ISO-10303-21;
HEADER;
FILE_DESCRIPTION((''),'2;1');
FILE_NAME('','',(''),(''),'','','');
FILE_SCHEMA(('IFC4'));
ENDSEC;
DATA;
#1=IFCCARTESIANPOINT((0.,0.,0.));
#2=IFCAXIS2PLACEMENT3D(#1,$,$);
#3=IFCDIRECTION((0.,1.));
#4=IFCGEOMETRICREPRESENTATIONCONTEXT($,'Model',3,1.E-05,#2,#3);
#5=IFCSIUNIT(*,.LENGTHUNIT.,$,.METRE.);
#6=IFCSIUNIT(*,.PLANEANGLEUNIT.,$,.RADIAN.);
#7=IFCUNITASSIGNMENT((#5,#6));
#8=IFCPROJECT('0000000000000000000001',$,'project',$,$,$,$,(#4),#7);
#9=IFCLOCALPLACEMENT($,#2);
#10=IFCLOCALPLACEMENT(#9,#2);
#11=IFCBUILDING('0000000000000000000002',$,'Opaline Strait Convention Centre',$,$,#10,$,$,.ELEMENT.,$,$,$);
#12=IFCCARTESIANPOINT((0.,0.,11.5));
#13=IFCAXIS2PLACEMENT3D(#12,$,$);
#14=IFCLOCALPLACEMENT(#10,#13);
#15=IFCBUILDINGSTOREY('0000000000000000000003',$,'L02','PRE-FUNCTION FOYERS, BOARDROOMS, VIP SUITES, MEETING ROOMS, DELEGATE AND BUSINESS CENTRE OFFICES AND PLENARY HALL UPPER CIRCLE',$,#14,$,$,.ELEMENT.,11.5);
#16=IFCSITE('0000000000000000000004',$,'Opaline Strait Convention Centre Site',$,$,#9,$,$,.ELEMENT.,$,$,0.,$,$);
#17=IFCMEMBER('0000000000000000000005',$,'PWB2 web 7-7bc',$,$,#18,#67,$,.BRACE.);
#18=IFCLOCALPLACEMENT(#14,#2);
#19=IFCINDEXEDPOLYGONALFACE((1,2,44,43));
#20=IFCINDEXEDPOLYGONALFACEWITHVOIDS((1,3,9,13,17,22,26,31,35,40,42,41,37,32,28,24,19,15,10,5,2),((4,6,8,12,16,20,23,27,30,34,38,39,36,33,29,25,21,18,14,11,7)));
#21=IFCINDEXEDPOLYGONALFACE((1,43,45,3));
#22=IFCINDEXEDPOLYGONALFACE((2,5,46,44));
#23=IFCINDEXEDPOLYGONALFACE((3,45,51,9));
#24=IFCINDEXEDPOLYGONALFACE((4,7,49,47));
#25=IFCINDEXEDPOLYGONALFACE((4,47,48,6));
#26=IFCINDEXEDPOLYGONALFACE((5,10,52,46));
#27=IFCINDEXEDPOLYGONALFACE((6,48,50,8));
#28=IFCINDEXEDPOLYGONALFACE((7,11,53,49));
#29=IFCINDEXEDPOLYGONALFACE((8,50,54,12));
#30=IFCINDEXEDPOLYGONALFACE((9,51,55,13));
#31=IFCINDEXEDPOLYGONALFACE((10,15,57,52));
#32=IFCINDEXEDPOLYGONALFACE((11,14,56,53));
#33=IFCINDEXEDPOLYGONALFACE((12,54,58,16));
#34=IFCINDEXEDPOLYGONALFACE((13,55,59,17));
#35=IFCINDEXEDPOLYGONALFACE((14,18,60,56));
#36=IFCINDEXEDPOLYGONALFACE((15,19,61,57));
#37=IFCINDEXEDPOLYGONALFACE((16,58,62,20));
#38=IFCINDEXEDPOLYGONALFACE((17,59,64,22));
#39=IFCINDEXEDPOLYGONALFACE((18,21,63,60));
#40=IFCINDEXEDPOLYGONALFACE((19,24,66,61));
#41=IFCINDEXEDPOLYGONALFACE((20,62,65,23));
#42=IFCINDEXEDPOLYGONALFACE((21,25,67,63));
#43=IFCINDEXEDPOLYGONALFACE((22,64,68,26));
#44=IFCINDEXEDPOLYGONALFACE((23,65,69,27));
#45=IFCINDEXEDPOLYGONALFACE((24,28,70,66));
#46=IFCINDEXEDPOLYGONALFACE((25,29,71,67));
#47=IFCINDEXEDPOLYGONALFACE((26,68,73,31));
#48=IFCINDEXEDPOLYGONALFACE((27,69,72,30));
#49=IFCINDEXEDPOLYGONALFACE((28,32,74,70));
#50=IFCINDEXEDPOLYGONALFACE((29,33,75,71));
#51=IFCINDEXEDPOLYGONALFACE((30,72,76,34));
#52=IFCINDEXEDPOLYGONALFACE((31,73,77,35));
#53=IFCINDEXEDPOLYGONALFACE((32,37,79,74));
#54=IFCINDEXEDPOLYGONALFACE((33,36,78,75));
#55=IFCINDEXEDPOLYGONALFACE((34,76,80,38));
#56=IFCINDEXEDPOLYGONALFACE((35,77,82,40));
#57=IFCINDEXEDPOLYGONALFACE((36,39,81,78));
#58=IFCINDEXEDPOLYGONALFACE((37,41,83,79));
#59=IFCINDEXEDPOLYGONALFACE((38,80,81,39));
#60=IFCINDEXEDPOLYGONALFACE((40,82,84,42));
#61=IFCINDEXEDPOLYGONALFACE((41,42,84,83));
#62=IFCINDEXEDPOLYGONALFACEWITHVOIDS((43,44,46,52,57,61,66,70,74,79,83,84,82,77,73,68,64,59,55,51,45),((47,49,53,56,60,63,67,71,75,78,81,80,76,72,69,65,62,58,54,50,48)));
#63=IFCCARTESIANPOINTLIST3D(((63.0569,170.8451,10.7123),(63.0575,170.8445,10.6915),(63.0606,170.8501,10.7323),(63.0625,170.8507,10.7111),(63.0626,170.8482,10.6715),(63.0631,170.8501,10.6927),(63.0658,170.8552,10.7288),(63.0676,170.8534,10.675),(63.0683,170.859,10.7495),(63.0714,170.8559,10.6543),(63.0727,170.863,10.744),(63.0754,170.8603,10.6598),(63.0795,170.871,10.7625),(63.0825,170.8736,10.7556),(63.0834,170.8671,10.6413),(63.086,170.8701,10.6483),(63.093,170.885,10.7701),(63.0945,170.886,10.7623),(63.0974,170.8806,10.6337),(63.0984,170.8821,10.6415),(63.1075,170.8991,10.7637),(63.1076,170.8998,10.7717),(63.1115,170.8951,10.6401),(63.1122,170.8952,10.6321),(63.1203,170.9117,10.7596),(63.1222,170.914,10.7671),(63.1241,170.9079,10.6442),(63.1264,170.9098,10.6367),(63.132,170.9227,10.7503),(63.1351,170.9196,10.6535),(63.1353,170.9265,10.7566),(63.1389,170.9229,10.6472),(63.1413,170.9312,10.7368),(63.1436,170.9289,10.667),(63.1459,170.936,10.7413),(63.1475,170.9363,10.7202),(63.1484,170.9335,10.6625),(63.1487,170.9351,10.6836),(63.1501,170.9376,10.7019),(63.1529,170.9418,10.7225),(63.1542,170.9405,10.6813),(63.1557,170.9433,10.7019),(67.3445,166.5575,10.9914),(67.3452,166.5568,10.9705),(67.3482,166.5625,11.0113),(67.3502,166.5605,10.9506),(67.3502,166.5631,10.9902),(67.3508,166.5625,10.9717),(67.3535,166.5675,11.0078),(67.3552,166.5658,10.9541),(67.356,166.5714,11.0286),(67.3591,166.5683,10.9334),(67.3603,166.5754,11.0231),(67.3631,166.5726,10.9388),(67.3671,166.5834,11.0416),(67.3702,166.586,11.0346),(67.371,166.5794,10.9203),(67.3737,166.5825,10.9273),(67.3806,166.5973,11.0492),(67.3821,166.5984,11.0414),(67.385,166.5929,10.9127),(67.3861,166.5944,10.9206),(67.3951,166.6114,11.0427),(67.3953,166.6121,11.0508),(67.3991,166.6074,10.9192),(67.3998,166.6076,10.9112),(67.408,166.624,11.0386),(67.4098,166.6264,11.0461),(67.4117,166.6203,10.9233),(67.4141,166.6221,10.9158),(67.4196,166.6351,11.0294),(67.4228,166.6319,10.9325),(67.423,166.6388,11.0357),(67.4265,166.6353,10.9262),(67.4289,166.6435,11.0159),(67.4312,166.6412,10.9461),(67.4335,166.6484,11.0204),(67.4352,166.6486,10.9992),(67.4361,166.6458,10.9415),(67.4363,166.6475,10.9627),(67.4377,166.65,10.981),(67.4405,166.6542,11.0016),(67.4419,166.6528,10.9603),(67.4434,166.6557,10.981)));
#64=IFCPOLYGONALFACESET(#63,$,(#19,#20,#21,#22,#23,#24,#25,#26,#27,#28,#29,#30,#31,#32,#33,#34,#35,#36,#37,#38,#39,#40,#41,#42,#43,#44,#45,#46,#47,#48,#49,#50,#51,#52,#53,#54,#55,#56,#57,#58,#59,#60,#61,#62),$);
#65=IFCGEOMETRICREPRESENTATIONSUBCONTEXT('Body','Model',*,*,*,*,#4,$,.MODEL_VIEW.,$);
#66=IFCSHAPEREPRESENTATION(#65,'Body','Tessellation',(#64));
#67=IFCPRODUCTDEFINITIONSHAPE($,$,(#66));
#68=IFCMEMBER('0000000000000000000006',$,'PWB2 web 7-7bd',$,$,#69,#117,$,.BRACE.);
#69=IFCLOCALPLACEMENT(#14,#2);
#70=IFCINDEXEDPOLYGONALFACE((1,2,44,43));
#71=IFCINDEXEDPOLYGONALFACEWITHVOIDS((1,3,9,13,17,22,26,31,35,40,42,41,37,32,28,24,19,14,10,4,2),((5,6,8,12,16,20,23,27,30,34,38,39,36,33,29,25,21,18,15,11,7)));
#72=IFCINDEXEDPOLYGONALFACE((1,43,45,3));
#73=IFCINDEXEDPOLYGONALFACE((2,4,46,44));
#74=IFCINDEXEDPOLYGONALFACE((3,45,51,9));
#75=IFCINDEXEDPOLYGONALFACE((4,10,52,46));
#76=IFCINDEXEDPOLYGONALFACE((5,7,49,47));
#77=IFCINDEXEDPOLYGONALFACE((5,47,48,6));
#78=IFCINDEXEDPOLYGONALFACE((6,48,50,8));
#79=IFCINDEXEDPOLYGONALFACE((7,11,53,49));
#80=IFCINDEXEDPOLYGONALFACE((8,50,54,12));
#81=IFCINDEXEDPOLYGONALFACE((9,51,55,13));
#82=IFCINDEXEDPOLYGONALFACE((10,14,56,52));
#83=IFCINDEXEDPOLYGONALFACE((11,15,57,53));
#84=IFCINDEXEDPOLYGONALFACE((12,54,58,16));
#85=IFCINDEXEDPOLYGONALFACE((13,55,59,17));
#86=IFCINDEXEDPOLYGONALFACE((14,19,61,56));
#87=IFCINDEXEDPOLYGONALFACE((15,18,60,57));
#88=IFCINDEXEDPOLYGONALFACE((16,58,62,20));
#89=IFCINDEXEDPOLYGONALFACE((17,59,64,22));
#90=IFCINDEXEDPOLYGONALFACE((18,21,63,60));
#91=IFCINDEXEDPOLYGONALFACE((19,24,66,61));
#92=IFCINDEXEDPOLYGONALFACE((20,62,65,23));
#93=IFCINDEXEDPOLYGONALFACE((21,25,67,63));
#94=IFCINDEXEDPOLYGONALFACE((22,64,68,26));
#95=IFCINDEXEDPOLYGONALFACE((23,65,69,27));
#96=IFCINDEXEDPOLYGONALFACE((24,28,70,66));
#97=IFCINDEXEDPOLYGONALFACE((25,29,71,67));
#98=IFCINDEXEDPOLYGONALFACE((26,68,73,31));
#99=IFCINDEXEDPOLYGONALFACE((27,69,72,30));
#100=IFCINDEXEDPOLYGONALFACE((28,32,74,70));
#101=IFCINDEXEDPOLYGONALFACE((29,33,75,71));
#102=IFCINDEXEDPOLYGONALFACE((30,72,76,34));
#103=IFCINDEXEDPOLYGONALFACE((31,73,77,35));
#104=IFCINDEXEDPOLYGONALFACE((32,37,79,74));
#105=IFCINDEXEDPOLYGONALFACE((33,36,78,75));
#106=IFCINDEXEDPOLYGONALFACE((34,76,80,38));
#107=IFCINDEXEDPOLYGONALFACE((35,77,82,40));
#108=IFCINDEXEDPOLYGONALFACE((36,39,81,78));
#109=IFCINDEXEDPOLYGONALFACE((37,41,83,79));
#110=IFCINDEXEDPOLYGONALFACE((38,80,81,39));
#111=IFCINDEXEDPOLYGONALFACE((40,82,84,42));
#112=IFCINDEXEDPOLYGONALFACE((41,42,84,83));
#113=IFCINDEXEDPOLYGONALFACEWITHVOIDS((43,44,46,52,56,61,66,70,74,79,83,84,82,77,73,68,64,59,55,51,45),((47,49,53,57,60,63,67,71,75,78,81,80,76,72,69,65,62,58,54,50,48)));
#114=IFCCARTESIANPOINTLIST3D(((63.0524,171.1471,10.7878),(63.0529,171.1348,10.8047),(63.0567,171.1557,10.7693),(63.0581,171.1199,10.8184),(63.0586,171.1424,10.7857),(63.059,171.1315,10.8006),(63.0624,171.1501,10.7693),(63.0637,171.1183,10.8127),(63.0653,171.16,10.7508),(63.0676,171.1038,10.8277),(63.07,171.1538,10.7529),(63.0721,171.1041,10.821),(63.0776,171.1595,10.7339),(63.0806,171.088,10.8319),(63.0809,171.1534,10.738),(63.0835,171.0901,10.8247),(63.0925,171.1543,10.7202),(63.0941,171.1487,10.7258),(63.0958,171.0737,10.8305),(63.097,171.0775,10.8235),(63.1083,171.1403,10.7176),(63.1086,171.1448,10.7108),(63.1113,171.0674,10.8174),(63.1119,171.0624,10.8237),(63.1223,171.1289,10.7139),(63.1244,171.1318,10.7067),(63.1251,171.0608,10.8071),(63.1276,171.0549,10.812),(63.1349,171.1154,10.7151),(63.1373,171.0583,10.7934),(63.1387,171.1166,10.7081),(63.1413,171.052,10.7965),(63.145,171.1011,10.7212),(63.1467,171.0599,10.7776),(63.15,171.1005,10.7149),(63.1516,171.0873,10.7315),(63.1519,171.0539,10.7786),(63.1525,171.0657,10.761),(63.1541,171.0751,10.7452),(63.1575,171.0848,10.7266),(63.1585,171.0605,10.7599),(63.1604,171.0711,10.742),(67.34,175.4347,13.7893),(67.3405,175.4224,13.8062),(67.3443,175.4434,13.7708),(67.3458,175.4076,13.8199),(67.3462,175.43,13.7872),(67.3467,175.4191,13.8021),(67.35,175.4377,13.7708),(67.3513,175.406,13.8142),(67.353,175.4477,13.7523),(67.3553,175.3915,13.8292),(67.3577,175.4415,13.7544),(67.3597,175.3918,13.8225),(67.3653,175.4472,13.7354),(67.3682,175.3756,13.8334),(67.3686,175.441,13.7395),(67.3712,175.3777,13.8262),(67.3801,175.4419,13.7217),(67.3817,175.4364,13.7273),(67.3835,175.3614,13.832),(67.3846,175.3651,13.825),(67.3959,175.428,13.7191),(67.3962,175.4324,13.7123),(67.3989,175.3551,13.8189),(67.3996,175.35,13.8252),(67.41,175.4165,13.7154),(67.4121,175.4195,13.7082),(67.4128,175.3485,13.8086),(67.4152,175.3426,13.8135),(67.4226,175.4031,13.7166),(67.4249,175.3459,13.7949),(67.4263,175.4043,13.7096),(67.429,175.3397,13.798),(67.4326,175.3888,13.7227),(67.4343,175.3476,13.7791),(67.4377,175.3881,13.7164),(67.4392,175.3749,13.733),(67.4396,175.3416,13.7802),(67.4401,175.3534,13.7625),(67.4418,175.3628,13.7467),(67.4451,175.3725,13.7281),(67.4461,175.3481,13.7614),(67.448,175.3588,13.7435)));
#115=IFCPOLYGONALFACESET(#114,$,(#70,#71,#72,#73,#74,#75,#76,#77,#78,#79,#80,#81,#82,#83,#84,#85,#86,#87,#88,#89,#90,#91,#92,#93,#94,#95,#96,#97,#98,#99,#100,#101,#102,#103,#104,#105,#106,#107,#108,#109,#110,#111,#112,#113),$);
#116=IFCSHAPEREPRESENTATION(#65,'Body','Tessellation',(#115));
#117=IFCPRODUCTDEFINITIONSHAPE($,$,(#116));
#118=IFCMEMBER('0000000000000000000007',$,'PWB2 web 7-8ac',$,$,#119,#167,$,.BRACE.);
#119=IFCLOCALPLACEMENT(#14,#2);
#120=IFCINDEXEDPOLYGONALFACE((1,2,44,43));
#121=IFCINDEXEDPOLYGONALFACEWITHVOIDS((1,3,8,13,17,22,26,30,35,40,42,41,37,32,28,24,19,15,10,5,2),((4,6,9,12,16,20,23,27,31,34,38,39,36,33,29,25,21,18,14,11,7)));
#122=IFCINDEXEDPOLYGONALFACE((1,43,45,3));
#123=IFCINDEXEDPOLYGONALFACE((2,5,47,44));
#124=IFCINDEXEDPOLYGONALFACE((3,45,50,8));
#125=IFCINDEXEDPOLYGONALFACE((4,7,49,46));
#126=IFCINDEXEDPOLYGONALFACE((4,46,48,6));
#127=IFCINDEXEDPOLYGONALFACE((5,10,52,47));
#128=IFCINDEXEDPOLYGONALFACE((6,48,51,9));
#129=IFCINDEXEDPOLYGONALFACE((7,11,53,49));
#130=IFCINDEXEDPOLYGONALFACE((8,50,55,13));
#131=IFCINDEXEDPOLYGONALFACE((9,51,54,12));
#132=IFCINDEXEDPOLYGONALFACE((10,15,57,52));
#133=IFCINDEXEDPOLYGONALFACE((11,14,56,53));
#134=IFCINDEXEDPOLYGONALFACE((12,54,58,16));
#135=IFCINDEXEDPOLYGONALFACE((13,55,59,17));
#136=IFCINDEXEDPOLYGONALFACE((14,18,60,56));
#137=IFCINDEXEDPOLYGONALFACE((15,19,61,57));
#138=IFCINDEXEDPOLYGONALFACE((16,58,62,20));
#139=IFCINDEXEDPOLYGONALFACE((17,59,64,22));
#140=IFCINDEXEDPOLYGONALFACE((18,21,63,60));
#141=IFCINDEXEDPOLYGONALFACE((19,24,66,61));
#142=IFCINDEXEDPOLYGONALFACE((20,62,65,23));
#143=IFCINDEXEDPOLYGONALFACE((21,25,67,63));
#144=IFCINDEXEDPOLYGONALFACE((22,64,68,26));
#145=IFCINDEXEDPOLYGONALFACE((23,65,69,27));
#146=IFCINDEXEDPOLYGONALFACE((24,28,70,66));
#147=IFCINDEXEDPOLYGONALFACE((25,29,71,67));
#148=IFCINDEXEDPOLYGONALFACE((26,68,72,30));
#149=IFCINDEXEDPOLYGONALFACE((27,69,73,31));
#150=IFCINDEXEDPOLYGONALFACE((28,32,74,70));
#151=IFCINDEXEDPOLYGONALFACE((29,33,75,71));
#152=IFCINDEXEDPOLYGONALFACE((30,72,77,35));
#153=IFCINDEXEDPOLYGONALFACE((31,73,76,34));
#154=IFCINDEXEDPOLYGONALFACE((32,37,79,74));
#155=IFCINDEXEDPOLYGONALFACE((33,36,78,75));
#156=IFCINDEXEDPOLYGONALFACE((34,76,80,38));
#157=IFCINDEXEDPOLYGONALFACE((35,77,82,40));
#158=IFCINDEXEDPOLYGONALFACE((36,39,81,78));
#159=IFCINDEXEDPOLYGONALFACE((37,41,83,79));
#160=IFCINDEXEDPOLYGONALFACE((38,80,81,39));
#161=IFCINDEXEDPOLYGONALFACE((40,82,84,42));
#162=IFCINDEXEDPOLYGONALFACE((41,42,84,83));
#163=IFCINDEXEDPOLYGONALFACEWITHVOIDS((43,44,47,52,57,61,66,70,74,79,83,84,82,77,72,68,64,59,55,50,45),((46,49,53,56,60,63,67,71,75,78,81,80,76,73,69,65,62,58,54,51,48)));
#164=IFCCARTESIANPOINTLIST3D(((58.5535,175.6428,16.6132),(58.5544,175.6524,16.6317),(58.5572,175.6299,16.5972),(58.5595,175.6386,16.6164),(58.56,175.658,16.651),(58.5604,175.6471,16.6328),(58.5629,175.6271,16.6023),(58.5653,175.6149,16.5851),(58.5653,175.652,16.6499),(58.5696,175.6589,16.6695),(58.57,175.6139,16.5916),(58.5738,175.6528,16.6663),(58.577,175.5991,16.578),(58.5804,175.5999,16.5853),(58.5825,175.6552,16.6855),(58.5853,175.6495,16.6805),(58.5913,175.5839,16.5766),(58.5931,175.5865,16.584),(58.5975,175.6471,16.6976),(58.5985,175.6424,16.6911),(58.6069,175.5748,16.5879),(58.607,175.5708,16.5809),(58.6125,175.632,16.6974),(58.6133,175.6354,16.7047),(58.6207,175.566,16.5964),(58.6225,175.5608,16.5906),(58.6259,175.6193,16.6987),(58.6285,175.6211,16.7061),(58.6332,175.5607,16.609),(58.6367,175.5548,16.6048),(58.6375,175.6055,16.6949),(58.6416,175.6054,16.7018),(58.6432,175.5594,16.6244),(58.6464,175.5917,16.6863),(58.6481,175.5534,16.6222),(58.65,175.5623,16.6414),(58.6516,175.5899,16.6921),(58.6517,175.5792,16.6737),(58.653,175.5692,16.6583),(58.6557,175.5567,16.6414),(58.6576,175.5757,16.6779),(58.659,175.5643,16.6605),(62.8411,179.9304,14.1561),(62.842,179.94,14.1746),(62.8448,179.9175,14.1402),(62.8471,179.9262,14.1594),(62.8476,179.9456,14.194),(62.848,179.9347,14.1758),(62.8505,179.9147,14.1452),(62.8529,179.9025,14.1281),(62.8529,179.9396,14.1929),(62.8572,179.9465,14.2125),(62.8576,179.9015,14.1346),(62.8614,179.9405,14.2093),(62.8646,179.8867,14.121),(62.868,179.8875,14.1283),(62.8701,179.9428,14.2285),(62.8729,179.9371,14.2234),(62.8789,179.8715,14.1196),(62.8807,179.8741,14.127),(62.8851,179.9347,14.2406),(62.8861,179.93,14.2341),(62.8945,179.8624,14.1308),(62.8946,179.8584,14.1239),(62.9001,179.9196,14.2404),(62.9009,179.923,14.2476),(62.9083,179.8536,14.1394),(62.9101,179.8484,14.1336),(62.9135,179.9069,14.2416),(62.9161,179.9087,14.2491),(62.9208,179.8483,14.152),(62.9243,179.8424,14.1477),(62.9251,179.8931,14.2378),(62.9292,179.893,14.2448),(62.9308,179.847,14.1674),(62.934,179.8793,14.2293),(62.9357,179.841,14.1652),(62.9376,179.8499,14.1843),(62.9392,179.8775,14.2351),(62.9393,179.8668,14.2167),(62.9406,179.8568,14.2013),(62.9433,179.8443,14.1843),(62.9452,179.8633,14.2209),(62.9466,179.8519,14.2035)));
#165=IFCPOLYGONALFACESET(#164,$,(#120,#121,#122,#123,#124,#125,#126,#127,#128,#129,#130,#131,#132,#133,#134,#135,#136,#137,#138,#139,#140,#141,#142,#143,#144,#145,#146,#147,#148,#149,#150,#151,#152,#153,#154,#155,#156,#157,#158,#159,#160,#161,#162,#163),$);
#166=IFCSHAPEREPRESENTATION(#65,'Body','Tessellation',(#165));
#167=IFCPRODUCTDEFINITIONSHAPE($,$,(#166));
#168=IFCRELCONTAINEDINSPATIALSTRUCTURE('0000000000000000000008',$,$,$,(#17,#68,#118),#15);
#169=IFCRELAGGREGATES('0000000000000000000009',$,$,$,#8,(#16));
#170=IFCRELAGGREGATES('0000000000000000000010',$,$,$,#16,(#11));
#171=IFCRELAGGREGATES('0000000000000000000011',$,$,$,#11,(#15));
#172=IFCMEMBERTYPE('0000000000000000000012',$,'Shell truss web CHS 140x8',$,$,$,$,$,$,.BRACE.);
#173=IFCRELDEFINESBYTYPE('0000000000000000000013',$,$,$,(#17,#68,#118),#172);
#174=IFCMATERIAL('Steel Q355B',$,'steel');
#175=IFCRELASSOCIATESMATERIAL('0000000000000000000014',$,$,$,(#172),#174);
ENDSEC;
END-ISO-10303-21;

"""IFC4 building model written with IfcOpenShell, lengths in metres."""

from ifc_helpers import new_model, si_unit, direction, frame, origin, origin_2d, place, context, subcontext, project, spatial, hollow_circle, extrude, material, material_profile, profile_set, type_object, element, save


model = new_model("IFC4")

# Units and contexts
model_context = context("Model", 3, precision=1e-05, world=origin(), true_north=direction((0.0, 1.0)))
body_context = subcontext(model_context, "Body", "Model", "MODEL_VIEW")
ifc_project = project(units=[si_unit("LENGTHUNIT", "METRE"), si_unit("PLANEANGLEUNIT", "RADIAN")], contexts=[model_context])

# Site, building, storey
site_placement = place(None, origin())
site = spatial("IfcSite", under=ifc_project, at=site_placement, Name="Opaline Strait Convention Centre Site", CompositionType="ELEMENT", RefElevation=0.0)
building_placement = place(site_placement, origin())
building = spatial("IfcBuilding", under=site, at=building_placement, Name="Opaline Strait Convention Centre", CompositionType="ELEMENT")
storey_placement = place(building_placement, frame((0.0, 0.0, 11.5)))
storey = spatial("IfcBuildingStorey", under=building, at=storey_placement, Name="L02", Description="PRE-FUNCTION FOYERS, BOARDROOMS, VIP SUITES, MEETING ROOMS, DELEGATE AND BUSINESS CENTRE OFFICES AND PLENARY HALL UPPER CIRCLE", CompositionType="ELEMENT", Elevation=11.5)

# Members
ifc_material_1 = material(Name="Steel Q355B", Category="steel")
ifc_material_profile_1 = material_profile(ifc_material_1, hollow_circle(Radius=0.0701, WallThickness=0.0081, at=origin_2d()), Name="CHS 140x8")
ifc_profile_set_1 = profile_set([ifc_material_profile_1], Name="Steel Q355B")
member_type_1 = type_object("IfcMemberType", Name="Shell truss web CHS 140x8", PredefinedType="BRACE", material=ifc_profile_set_1)
member_1_placement = place(storey_placement, frame((63.1062, 170.8938, 10.7019), z_axis=(0.706359, -0.706359, 0.045972), x_axis=(0.707107, 0.707107, 0.0)))
element("IfcMember", 1, at=member_1_placement, inside=storey, type_object=member_type_1, Name="PWB2 web 7-7bc", PredefinedType="BRACE", context=body_context, shape_type="SweptSolid", body=[
    extrude(hollow_circle(Radius=0.0701, WallThickness=0.0081, at=origin_2d()), origin(), (0.0, 0.0, 1.0), 6.0701),
])
member_2_placement = place(storey_placement, frame((63.1062, 171.1062, 10.7693), z_axis=(0.633718, 0.633718, 0.443624), x_axis=(-0.707107, 0.707107, 0.0)))
element("IfcMember", 2, at=member_2_placement, inside=storey, type_object=member_type_1, Name="PWB2 web 7-7bd", PredefinedType="BRACE", context=body_context, shape_type="SweptSolid", body=[
    extrude(hollow_circle(Radius=0.0701, WallThickness=0.0081, at=origin_2d()), origin(), (0.0, 0.0, 1.0), 6.7659),
])
member_3_placement = place(storey_placement, frame((62.8938, 179.8938, 14.1843), z_axis=(-0.655348, -0.655348, 0.375551), x_axis=(0.707107, -0.707107, 0.0)))
element("IfcMember", 3, at=member_3_placement, inside=storey, type_object=member_type_1, Name="PWB2 web 7-8ac", PredefinedType="BRACE", context=body_context, shape_type="SweptSolid", body=[
    extrude(hollow_circle(Radius=0.0701, WallThickness=0.0081, at=origin_2d()), origin(), (0.0, 0.0, 1.0), 6.5425),
])

save(model, "model.ifc")
